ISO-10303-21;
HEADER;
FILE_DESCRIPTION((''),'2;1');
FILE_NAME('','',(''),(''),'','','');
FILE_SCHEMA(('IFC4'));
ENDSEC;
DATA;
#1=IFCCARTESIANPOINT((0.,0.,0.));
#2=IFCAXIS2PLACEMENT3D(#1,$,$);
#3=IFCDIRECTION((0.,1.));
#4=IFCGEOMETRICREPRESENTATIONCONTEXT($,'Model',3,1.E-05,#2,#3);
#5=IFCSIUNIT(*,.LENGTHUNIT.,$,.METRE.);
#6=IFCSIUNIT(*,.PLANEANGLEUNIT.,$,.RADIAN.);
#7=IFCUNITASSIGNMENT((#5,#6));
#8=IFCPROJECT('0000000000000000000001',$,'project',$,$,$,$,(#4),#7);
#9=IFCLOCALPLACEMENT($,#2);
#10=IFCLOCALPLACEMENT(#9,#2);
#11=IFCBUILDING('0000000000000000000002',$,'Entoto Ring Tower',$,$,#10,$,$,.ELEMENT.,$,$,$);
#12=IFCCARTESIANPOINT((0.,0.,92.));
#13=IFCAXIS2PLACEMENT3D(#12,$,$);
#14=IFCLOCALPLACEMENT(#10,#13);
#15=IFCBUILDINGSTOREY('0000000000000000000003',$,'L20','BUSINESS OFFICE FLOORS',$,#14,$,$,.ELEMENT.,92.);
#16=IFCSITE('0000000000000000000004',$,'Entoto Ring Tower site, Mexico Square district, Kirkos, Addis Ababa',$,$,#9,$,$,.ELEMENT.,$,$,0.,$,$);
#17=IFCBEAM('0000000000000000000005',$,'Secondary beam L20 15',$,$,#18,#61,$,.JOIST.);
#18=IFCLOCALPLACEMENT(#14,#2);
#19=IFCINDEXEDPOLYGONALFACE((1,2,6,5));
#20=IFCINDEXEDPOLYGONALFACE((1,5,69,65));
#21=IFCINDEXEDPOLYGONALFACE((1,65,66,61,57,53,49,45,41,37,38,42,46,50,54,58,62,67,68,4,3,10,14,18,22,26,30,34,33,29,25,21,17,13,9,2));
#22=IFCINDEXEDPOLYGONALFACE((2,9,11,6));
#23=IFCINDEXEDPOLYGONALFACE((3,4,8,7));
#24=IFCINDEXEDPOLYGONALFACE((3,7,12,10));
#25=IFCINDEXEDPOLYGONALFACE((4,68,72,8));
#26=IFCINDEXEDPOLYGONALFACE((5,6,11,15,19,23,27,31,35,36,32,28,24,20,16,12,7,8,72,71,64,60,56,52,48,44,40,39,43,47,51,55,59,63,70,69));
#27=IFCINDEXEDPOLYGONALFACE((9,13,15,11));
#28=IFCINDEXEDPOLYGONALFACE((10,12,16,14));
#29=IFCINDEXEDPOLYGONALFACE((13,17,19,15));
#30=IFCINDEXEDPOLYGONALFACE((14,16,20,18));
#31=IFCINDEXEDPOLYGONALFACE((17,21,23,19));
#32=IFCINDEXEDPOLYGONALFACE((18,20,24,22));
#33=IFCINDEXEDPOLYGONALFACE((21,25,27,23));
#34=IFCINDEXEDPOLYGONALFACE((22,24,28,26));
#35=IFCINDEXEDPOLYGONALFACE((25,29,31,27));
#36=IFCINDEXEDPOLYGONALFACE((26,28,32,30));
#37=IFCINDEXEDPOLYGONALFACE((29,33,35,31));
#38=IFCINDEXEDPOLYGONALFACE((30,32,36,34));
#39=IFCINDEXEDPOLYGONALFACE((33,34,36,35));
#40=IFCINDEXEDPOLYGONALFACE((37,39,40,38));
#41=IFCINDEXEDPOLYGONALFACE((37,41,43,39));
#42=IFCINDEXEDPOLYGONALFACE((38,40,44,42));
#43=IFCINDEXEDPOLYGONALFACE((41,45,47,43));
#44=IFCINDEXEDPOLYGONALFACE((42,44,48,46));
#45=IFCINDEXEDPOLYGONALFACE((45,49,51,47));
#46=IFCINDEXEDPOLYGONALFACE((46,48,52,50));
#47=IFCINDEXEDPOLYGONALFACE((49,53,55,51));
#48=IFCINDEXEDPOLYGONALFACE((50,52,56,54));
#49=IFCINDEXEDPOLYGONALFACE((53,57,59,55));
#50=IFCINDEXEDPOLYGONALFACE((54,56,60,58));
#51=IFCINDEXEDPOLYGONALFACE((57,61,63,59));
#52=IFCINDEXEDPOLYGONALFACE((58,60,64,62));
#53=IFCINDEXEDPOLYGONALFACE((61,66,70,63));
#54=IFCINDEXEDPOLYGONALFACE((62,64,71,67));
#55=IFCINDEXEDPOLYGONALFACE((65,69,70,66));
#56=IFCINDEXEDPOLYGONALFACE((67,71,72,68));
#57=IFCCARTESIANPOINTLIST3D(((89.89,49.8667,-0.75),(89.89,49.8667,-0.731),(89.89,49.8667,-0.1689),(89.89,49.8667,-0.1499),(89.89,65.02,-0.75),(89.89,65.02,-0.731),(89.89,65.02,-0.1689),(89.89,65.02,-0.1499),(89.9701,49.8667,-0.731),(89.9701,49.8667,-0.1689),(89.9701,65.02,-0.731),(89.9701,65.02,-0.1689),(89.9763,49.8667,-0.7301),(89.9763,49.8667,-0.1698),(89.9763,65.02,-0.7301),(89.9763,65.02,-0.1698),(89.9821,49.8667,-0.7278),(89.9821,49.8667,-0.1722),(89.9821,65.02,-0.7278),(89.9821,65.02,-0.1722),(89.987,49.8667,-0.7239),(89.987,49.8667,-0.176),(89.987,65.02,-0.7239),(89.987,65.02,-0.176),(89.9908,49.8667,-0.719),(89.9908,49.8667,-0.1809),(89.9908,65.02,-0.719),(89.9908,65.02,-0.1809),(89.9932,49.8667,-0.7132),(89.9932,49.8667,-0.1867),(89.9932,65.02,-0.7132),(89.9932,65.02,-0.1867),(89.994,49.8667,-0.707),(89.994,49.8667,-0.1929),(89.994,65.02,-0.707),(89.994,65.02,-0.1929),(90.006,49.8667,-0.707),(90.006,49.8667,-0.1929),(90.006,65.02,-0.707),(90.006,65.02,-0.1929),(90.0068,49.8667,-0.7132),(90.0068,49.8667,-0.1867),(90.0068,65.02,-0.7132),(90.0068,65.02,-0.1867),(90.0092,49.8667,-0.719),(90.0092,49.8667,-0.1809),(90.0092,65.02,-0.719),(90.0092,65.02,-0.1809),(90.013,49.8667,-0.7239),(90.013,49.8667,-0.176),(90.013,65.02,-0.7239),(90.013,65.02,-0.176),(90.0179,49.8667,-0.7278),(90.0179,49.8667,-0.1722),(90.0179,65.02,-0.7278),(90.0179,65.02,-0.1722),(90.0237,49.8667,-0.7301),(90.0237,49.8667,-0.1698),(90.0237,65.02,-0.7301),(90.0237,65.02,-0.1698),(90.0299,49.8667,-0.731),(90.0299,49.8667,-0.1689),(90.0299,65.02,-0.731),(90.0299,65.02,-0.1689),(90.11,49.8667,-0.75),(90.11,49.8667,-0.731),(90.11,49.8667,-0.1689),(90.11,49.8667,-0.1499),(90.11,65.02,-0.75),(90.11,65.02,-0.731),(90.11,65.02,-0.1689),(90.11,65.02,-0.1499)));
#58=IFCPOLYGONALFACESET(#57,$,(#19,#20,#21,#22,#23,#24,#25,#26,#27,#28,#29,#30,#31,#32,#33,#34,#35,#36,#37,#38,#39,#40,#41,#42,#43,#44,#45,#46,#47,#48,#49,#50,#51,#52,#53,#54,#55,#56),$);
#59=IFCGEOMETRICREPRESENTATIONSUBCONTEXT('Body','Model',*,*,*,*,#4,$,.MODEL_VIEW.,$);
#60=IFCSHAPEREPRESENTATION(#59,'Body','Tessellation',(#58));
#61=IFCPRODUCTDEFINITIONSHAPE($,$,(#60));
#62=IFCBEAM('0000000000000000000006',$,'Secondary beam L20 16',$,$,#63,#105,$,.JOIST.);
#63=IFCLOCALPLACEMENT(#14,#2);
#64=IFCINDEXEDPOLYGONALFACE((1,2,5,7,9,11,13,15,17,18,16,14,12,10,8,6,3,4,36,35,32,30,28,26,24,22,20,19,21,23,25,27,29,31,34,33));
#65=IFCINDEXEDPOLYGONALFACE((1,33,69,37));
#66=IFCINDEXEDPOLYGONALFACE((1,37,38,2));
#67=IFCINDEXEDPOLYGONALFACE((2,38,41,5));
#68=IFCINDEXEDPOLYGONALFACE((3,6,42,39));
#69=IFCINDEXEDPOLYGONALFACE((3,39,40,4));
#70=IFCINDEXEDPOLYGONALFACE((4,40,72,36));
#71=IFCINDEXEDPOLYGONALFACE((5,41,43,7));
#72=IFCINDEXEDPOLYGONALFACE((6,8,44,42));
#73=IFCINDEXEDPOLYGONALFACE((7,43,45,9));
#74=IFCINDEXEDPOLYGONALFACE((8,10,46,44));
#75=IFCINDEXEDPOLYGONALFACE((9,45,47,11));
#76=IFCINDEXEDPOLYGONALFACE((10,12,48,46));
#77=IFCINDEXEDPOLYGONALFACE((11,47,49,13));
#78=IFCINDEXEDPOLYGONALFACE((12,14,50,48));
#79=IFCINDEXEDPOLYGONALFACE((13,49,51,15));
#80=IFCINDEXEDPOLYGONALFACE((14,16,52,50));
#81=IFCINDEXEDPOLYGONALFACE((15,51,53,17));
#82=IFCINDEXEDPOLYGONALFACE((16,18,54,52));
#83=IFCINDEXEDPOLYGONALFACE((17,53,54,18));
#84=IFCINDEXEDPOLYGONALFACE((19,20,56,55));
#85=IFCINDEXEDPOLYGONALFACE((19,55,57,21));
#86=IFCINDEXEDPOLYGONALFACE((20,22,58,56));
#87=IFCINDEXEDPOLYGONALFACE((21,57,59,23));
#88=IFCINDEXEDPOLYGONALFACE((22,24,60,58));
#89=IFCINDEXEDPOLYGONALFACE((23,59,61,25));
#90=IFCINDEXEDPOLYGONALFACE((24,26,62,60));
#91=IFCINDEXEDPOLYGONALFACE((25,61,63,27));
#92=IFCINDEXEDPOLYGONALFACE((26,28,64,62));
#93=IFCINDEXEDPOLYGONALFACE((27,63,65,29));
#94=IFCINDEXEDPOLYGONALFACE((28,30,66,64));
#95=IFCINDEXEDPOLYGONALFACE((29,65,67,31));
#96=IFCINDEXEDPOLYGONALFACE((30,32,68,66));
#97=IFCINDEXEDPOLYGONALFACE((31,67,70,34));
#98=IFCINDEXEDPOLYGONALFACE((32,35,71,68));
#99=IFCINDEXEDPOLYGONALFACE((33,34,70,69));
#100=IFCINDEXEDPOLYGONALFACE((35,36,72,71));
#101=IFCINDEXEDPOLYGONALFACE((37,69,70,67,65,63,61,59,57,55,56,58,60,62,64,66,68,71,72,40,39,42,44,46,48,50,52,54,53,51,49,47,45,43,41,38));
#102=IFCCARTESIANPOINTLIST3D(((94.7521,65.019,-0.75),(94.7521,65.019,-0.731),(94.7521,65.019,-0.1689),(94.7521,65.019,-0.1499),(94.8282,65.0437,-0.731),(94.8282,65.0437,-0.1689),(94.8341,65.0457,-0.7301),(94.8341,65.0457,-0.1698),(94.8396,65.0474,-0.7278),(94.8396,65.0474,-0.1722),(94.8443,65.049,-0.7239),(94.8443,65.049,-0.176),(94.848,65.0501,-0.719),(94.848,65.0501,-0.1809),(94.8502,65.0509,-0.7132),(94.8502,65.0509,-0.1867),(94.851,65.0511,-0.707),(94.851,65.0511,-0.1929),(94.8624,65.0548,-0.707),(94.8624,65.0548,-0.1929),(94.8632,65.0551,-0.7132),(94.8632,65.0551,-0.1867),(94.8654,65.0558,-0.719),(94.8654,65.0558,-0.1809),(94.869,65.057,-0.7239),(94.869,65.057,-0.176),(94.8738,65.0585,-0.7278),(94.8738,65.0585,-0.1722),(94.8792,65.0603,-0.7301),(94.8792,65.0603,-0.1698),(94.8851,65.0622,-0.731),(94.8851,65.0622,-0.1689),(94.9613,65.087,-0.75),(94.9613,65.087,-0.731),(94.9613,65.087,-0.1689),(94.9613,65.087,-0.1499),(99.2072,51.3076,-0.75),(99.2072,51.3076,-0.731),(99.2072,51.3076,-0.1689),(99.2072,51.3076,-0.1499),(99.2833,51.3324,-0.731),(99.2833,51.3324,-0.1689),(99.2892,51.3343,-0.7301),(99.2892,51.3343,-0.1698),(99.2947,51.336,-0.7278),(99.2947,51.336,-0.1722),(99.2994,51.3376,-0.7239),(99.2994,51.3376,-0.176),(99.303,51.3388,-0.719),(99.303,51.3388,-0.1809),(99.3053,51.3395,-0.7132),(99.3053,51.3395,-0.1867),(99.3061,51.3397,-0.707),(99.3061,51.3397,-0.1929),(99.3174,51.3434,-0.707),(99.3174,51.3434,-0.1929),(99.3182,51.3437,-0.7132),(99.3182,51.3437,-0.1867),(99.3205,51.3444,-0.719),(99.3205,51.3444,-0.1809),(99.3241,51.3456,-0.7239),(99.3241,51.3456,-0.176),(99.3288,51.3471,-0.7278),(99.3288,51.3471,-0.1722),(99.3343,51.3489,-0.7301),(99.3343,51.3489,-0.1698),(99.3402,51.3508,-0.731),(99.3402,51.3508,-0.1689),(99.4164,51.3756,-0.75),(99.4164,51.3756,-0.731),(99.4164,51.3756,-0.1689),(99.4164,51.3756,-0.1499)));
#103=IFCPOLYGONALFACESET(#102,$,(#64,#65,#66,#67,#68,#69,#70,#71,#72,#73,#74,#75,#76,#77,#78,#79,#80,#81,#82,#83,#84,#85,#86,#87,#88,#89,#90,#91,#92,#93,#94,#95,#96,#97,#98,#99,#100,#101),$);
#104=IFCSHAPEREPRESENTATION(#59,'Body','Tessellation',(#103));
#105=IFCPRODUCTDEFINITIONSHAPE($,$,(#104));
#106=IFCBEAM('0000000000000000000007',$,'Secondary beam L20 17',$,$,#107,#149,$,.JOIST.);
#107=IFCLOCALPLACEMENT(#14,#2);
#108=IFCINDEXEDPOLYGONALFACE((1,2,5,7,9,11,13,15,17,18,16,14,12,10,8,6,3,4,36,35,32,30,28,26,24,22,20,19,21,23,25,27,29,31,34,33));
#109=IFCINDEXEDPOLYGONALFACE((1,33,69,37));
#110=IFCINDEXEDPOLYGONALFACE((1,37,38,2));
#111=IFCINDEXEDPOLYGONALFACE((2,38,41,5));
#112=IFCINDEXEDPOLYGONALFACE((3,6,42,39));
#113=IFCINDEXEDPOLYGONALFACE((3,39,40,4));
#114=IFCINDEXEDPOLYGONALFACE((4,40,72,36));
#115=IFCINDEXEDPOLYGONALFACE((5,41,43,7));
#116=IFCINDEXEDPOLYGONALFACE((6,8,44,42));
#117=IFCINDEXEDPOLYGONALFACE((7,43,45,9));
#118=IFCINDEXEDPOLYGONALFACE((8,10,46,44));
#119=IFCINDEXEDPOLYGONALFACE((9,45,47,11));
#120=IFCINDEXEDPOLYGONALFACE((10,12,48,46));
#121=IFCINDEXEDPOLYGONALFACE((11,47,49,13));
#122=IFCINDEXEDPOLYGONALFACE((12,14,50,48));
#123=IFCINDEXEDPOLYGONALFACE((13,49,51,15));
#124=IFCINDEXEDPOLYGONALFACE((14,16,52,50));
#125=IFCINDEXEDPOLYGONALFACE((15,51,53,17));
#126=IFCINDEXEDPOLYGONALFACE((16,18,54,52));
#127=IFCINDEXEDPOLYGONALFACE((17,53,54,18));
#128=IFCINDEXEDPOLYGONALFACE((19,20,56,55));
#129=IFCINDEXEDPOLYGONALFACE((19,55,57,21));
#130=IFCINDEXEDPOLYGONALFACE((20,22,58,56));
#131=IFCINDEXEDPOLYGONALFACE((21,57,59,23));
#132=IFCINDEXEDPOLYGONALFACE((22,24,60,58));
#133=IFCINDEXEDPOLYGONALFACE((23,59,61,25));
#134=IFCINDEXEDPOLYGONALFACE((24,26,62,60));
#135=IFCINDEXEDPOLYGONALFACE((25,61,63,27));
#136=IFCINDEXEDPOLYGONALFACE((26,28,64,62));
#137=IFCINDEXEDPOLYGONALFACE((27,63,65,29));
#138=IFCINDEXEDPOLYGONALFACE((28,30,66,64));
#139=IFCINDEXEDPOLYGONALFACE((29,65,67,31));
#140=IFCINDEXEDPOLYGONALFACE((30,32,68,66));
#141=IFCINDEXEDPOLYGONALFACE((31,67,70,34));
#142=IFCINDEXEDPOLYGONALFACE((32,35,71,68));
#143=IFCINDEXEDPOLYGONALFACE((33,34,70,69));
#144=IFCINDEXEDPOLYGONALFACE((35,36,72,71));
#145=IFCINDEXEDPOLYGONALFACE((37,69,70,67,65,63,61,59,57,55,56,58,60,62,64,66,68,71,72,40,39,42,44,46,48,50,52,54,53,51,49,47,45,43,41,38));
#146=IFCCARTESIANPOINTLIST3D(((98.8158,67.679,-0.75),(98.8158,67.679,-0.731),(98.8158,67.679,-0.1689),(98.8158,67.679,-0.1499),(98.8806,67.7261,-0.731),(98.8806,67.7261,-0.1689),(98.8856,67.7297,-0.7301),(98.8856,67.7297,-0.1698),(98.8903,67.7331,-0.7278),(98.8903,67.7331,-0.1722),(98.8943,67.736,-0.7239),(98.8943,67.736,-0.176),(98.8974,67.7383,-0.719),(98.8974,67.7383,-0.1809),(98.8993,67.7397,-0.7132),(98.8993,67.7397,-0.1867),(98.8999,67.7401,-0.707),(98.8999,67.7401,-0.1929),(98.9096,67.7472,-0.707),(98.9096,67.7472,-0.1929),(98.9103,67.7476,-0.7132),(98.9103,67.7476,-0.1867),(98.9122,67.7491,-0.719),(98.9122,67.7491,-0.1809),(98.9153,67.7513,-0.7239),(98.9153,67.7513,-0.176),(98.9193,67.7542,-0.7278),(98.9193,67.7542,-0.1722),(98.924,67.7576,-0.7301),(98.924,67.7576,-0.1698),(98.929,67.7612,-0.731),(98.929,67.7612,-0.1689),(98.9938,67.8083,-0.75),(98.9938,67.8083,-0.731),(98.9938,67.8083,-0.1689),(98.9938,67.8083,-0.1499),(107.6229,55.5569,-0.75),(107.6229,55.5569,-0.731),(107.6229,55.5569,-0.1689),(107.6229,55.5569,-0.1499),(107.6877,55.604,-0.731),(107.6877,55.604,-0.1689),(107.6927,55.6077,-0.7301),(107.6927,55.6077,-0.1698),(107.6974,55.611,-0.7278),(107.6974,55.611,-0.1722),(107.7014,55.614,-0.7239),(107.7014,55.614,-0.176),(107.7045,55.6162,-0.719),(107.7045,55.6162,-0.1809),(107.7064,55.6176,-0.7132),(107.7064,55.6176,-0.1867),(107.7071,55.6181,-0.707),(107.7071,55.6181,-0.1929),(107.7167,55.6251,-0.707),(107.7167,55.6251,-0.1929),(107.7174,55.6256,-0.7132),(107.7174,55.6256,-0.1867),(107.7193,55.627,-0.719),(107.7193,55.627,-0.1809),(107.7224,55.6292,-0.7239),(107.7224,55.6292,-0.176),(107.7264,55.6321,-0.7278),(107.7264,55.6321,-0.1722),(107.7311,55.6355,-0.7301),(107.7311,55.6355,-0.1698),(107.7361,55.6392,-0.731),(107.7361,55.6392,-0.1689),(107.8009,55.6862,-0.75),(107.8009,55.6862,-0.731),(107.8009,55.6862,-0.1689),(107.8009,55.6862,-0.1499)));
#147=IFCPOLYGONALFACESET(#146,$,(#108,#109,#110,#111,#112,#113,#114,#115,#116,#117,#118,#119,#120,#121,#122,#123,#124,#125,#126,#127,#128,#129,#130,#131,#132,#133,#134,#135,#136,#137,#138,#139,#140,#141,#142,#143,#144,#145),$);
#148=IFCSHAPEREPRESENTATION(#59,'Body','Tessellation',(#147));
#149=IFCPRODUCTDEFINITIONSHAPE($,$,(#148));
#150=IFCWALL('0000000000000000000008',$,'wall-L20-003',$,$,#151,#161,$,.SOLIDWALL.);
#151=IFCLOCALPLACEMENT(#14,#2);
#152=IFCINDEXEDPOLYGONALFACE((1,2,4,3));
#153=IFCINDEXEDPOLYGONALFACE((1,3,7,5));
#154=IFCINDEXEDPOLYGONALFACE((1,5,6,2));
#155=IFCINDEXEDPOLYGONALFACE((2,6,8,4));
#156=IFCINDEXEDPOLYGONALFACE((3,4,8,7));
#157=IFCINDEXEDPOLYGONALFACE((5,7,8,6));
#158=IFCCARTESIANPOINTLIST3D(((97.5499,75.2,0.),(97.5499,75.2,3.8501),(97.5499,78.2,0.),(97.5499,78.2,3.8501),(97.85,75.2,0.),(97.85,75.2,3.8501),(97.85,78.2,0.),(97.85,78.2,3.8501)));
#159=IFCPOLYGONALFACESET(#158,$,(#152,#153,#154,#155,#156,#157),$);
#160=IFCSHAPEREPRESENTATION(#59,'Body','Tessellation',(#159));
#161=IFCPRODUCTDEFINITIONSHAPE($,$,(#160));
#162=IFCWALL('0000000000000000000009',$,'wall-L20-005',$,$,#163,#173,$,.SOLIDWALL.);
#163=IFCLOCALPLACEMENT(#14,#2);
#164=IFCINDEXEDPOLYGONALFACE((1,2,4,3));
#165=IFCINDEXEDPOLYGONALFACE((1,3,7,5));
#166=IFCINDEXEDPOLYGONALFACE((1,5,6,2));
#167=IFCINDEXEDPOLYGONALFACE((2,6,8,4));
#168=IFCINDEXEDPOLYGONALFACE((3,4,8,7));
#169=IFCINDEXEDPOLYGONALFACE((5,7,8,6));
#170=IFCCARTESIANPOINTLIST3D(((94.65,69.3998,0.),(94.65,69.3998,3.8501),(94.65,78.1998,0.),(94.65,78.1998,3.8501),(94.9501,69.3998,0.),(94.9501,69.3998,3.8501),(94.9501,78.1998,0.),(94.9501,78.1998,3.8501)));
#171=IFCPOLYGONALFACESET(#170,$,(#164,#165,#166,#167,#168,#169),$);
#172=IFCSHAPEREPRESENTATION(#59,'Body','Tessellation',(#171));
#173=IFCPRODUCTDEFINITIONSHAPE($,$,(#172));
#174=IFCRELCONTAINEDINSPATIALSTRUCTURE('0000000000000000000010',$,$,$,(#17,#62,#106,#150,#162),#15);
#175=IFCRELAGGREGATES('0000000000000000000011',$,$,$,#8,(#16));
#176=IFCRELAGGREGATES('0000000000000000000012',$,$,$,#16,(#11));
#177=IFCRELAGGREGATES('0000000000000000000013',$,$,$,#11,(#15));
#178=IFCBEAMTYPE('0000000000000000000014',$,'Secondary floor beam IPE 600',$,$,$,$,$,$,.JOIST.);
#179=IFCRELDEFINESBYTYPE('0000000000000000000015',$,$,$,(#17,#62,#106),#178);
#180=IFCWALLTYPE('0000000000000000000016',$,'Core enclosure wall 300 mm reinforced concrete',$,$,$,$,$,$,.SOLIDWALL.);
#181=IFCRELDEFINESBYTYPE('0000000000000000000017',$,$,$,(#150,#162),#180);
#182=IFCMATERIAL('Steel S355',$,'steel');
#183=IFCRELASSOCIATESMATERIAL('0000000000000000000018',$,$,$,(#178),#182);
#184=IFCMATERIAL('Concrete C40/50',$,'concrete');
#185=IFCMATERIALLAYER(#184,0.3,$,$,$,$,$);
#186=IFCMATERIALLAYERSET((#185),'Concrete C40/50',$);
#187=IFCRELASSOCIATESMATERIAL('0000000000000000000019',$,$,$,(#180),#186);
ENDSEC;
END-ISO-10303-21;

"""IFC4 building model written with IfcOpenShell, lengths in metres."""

from ifc_helpers import new_model, si_unit, direction, frame, frame_2d, origin, origin_2d, place, context, subcontext, project, spatial, rectangle, i_section, extrude, material, layer, layer_set, material_profile, profile_set, type_object, element, save


model = new_model("IFC4")

# Units and contexts
model_context = context("Model", 3, precision=1e-05, world=origin(), true_north=direction((0.0, 1.0)))
body_context = subcontext(model_context, "Body", "Model", "MODEL_VIEW")
ifc_project = project(units=[si_unit("LENGTHUNIT", "METRE"), si_unit("PLANEANGLEUNIT", "RADIAN")], contexts=[model_context])

# Site, building, storey
site_placement = place(None, origin())
site = spatial("IfcSite", under=ifc_project, at=site_placement, Name="Entoto Ring Tower site, Mexico Square district, Kirkos, Addis Ababa", CompositionType="ELEMENT", RefElevation=0.0)
building_placement = place(site_placement, origin())
building = spatial("IfcBuilding", under=site, at=building_placement, Name="Entoto Ring Tower", CompositionType="ELEMENT")
storey_placement = place(building_placement, frame((0.0, 0.0, 92.0)))
storey = spatial("IfcBuildingStorey", under=building, at=storey_placement, Name="L20", Description="BUSINESS OFFICE FLOORS", CompositionType="ELEMENT", Elevation=92.0)

# Beams
ifc_material_1 = material(Name="Steel S355", Category="steel")
ifc_material_profile_1 = material_profile(ifc_material_1, i_section(OverallWidth=0.22, OverallDepth=0.6001, WebThickness=0.012, FlangeThickness=0.019, FilletRadius=0.0239, at=origin_2d()), Name="IPE 600")
ifc_profile_set_1 = profile_set([ifc_material_profile_1], Name="Steel S355")
beam_type_1 = type_object("IfcBeamType", Name="Secondary floor beam IPE 600", PredefinedType="JOIST", material=ifc_profile_set_1)
beam_1_placement = place(storey_placement, frame((90.0, 65.02, -0.45), z_axis=(0.0, -1.0, 0.0), x_axis=(1.0, 0.0, 0.0)))
element("IfcBeam", 1, at=beam_1_placement, inside=storey, type_object=beam_type_1, Name="Secondary beam L20 15", PredefinedType="JOIST", context=body_context, shape_type="SweptSolid", body=[
    extrude(i_section(OverallWidth=0.22, OverallDepth=0.6001, WebThickness=0.012, FlangeThickness=0.019, FilletRadius=0.0239, at=origin_2d()), origin(), (0.0, 0.0, 1.0), 15.1533),
])
beam_2_placement = place(storey_placement, frame((94.8567, 65.053, -0.45), z_axis=(0.309015, -0.951057, 0.0), x_axis=(0.951057, 0.309015, 0.0)))
element("IfcBeam", 2, at=beam_2_placement, inside=storey, type_object=beam_type_1, Name="Secondary beam L20 16", PredefinedType="JOIST", context=body_context, shape_type="SweptSolid", body=[
    extrude(i_section(OverallWidth=0.22, OverallDepth=0.6001, WebThickness=0.012, FlangeThickness=0.019, FilletRadius=0.0239, at=origin_2d()), origin(), (0.0, 0.0, 1.0), 14.417),
])
beam_3_placement = place(storey_placement, frame((98.9048, 67.7437, -0.45), z_axis=(0.587782, -0.809019, 0.0), x_axis=(0.809019, 0.587782, 0.0)))
element("IfcBeam", 3, at=beam_3_placement, inside=storey, type_object=beam_type_1, Name="Secondary beam L20 17", PredefinedType="JOIST", context=body_context, shape_type="SweptSolid", body=[
    extrude(i_section(OverallWidth=0.22, OverallDepth=0.6001, WebThickness=0.012, FlangeThickness=0.019, FilletRadius=0.0239, at=origin_2d()), origin(), (0.0, 0.0, 1.0), 14.9836),
])

# Walls
ifc_material_2 = material(Name="Concrete C40/50", Category="concrete")
ifc_layer_1 = layer(ifc_material_2, 0.3)
ifc_layer_set_1 = layer_set([ifc_layer_1], Name="Concrete C40/50")
wall_type_1 = type_object("IfcWallType", Name="Core enclosure wall 300 mm reinforced concrete", PredefinedType="SOLIDWALL", material=ifc_layer_set_1)
wall_1_placement = place(storey_placement, frame((97.7, 75.2, 0.0), z_axis=(0.0, 0.0, 1.0), x_axis=(0.0, 1.0, 0.0)))
element("IfcWall", 4, at=wall_1_placement, inside=storey, type_object=wall_type_1, Name="wall-L20-003", PredefinedType="SOLIDWALL", context=body_context, shape_type="SweptSolid", body=[
    extrude(rectangle(XDim=3.0, YDim=0.3, at=frame_2d((1.5, 0.0))), origin(), (0.0, 0.0, 1.0), 3.8501),
])
wall_2_placement = place(storey_placement, frame((94.8, 69.3999, 0.0), z_axis=(0.0, 0.0, 1.0), x_axis=(0.0, 1.0, 0.0)))
element("IfcWall", 5, at=wall_2_placement, inside=storey, type_object=wall_type_1, Name="wall-L20-005", PredefinedType="SOLIDWALL", context=body_context, shape_type="SweptSolid", body=[
    extrude(rectangle(XDim=8.8, YDim=0.3, at=frame_2d((4.3999, 0.0))), origin(), (0.0, 0.0, 1.0), 3.8501),
])

save(model, "model.ifc")
